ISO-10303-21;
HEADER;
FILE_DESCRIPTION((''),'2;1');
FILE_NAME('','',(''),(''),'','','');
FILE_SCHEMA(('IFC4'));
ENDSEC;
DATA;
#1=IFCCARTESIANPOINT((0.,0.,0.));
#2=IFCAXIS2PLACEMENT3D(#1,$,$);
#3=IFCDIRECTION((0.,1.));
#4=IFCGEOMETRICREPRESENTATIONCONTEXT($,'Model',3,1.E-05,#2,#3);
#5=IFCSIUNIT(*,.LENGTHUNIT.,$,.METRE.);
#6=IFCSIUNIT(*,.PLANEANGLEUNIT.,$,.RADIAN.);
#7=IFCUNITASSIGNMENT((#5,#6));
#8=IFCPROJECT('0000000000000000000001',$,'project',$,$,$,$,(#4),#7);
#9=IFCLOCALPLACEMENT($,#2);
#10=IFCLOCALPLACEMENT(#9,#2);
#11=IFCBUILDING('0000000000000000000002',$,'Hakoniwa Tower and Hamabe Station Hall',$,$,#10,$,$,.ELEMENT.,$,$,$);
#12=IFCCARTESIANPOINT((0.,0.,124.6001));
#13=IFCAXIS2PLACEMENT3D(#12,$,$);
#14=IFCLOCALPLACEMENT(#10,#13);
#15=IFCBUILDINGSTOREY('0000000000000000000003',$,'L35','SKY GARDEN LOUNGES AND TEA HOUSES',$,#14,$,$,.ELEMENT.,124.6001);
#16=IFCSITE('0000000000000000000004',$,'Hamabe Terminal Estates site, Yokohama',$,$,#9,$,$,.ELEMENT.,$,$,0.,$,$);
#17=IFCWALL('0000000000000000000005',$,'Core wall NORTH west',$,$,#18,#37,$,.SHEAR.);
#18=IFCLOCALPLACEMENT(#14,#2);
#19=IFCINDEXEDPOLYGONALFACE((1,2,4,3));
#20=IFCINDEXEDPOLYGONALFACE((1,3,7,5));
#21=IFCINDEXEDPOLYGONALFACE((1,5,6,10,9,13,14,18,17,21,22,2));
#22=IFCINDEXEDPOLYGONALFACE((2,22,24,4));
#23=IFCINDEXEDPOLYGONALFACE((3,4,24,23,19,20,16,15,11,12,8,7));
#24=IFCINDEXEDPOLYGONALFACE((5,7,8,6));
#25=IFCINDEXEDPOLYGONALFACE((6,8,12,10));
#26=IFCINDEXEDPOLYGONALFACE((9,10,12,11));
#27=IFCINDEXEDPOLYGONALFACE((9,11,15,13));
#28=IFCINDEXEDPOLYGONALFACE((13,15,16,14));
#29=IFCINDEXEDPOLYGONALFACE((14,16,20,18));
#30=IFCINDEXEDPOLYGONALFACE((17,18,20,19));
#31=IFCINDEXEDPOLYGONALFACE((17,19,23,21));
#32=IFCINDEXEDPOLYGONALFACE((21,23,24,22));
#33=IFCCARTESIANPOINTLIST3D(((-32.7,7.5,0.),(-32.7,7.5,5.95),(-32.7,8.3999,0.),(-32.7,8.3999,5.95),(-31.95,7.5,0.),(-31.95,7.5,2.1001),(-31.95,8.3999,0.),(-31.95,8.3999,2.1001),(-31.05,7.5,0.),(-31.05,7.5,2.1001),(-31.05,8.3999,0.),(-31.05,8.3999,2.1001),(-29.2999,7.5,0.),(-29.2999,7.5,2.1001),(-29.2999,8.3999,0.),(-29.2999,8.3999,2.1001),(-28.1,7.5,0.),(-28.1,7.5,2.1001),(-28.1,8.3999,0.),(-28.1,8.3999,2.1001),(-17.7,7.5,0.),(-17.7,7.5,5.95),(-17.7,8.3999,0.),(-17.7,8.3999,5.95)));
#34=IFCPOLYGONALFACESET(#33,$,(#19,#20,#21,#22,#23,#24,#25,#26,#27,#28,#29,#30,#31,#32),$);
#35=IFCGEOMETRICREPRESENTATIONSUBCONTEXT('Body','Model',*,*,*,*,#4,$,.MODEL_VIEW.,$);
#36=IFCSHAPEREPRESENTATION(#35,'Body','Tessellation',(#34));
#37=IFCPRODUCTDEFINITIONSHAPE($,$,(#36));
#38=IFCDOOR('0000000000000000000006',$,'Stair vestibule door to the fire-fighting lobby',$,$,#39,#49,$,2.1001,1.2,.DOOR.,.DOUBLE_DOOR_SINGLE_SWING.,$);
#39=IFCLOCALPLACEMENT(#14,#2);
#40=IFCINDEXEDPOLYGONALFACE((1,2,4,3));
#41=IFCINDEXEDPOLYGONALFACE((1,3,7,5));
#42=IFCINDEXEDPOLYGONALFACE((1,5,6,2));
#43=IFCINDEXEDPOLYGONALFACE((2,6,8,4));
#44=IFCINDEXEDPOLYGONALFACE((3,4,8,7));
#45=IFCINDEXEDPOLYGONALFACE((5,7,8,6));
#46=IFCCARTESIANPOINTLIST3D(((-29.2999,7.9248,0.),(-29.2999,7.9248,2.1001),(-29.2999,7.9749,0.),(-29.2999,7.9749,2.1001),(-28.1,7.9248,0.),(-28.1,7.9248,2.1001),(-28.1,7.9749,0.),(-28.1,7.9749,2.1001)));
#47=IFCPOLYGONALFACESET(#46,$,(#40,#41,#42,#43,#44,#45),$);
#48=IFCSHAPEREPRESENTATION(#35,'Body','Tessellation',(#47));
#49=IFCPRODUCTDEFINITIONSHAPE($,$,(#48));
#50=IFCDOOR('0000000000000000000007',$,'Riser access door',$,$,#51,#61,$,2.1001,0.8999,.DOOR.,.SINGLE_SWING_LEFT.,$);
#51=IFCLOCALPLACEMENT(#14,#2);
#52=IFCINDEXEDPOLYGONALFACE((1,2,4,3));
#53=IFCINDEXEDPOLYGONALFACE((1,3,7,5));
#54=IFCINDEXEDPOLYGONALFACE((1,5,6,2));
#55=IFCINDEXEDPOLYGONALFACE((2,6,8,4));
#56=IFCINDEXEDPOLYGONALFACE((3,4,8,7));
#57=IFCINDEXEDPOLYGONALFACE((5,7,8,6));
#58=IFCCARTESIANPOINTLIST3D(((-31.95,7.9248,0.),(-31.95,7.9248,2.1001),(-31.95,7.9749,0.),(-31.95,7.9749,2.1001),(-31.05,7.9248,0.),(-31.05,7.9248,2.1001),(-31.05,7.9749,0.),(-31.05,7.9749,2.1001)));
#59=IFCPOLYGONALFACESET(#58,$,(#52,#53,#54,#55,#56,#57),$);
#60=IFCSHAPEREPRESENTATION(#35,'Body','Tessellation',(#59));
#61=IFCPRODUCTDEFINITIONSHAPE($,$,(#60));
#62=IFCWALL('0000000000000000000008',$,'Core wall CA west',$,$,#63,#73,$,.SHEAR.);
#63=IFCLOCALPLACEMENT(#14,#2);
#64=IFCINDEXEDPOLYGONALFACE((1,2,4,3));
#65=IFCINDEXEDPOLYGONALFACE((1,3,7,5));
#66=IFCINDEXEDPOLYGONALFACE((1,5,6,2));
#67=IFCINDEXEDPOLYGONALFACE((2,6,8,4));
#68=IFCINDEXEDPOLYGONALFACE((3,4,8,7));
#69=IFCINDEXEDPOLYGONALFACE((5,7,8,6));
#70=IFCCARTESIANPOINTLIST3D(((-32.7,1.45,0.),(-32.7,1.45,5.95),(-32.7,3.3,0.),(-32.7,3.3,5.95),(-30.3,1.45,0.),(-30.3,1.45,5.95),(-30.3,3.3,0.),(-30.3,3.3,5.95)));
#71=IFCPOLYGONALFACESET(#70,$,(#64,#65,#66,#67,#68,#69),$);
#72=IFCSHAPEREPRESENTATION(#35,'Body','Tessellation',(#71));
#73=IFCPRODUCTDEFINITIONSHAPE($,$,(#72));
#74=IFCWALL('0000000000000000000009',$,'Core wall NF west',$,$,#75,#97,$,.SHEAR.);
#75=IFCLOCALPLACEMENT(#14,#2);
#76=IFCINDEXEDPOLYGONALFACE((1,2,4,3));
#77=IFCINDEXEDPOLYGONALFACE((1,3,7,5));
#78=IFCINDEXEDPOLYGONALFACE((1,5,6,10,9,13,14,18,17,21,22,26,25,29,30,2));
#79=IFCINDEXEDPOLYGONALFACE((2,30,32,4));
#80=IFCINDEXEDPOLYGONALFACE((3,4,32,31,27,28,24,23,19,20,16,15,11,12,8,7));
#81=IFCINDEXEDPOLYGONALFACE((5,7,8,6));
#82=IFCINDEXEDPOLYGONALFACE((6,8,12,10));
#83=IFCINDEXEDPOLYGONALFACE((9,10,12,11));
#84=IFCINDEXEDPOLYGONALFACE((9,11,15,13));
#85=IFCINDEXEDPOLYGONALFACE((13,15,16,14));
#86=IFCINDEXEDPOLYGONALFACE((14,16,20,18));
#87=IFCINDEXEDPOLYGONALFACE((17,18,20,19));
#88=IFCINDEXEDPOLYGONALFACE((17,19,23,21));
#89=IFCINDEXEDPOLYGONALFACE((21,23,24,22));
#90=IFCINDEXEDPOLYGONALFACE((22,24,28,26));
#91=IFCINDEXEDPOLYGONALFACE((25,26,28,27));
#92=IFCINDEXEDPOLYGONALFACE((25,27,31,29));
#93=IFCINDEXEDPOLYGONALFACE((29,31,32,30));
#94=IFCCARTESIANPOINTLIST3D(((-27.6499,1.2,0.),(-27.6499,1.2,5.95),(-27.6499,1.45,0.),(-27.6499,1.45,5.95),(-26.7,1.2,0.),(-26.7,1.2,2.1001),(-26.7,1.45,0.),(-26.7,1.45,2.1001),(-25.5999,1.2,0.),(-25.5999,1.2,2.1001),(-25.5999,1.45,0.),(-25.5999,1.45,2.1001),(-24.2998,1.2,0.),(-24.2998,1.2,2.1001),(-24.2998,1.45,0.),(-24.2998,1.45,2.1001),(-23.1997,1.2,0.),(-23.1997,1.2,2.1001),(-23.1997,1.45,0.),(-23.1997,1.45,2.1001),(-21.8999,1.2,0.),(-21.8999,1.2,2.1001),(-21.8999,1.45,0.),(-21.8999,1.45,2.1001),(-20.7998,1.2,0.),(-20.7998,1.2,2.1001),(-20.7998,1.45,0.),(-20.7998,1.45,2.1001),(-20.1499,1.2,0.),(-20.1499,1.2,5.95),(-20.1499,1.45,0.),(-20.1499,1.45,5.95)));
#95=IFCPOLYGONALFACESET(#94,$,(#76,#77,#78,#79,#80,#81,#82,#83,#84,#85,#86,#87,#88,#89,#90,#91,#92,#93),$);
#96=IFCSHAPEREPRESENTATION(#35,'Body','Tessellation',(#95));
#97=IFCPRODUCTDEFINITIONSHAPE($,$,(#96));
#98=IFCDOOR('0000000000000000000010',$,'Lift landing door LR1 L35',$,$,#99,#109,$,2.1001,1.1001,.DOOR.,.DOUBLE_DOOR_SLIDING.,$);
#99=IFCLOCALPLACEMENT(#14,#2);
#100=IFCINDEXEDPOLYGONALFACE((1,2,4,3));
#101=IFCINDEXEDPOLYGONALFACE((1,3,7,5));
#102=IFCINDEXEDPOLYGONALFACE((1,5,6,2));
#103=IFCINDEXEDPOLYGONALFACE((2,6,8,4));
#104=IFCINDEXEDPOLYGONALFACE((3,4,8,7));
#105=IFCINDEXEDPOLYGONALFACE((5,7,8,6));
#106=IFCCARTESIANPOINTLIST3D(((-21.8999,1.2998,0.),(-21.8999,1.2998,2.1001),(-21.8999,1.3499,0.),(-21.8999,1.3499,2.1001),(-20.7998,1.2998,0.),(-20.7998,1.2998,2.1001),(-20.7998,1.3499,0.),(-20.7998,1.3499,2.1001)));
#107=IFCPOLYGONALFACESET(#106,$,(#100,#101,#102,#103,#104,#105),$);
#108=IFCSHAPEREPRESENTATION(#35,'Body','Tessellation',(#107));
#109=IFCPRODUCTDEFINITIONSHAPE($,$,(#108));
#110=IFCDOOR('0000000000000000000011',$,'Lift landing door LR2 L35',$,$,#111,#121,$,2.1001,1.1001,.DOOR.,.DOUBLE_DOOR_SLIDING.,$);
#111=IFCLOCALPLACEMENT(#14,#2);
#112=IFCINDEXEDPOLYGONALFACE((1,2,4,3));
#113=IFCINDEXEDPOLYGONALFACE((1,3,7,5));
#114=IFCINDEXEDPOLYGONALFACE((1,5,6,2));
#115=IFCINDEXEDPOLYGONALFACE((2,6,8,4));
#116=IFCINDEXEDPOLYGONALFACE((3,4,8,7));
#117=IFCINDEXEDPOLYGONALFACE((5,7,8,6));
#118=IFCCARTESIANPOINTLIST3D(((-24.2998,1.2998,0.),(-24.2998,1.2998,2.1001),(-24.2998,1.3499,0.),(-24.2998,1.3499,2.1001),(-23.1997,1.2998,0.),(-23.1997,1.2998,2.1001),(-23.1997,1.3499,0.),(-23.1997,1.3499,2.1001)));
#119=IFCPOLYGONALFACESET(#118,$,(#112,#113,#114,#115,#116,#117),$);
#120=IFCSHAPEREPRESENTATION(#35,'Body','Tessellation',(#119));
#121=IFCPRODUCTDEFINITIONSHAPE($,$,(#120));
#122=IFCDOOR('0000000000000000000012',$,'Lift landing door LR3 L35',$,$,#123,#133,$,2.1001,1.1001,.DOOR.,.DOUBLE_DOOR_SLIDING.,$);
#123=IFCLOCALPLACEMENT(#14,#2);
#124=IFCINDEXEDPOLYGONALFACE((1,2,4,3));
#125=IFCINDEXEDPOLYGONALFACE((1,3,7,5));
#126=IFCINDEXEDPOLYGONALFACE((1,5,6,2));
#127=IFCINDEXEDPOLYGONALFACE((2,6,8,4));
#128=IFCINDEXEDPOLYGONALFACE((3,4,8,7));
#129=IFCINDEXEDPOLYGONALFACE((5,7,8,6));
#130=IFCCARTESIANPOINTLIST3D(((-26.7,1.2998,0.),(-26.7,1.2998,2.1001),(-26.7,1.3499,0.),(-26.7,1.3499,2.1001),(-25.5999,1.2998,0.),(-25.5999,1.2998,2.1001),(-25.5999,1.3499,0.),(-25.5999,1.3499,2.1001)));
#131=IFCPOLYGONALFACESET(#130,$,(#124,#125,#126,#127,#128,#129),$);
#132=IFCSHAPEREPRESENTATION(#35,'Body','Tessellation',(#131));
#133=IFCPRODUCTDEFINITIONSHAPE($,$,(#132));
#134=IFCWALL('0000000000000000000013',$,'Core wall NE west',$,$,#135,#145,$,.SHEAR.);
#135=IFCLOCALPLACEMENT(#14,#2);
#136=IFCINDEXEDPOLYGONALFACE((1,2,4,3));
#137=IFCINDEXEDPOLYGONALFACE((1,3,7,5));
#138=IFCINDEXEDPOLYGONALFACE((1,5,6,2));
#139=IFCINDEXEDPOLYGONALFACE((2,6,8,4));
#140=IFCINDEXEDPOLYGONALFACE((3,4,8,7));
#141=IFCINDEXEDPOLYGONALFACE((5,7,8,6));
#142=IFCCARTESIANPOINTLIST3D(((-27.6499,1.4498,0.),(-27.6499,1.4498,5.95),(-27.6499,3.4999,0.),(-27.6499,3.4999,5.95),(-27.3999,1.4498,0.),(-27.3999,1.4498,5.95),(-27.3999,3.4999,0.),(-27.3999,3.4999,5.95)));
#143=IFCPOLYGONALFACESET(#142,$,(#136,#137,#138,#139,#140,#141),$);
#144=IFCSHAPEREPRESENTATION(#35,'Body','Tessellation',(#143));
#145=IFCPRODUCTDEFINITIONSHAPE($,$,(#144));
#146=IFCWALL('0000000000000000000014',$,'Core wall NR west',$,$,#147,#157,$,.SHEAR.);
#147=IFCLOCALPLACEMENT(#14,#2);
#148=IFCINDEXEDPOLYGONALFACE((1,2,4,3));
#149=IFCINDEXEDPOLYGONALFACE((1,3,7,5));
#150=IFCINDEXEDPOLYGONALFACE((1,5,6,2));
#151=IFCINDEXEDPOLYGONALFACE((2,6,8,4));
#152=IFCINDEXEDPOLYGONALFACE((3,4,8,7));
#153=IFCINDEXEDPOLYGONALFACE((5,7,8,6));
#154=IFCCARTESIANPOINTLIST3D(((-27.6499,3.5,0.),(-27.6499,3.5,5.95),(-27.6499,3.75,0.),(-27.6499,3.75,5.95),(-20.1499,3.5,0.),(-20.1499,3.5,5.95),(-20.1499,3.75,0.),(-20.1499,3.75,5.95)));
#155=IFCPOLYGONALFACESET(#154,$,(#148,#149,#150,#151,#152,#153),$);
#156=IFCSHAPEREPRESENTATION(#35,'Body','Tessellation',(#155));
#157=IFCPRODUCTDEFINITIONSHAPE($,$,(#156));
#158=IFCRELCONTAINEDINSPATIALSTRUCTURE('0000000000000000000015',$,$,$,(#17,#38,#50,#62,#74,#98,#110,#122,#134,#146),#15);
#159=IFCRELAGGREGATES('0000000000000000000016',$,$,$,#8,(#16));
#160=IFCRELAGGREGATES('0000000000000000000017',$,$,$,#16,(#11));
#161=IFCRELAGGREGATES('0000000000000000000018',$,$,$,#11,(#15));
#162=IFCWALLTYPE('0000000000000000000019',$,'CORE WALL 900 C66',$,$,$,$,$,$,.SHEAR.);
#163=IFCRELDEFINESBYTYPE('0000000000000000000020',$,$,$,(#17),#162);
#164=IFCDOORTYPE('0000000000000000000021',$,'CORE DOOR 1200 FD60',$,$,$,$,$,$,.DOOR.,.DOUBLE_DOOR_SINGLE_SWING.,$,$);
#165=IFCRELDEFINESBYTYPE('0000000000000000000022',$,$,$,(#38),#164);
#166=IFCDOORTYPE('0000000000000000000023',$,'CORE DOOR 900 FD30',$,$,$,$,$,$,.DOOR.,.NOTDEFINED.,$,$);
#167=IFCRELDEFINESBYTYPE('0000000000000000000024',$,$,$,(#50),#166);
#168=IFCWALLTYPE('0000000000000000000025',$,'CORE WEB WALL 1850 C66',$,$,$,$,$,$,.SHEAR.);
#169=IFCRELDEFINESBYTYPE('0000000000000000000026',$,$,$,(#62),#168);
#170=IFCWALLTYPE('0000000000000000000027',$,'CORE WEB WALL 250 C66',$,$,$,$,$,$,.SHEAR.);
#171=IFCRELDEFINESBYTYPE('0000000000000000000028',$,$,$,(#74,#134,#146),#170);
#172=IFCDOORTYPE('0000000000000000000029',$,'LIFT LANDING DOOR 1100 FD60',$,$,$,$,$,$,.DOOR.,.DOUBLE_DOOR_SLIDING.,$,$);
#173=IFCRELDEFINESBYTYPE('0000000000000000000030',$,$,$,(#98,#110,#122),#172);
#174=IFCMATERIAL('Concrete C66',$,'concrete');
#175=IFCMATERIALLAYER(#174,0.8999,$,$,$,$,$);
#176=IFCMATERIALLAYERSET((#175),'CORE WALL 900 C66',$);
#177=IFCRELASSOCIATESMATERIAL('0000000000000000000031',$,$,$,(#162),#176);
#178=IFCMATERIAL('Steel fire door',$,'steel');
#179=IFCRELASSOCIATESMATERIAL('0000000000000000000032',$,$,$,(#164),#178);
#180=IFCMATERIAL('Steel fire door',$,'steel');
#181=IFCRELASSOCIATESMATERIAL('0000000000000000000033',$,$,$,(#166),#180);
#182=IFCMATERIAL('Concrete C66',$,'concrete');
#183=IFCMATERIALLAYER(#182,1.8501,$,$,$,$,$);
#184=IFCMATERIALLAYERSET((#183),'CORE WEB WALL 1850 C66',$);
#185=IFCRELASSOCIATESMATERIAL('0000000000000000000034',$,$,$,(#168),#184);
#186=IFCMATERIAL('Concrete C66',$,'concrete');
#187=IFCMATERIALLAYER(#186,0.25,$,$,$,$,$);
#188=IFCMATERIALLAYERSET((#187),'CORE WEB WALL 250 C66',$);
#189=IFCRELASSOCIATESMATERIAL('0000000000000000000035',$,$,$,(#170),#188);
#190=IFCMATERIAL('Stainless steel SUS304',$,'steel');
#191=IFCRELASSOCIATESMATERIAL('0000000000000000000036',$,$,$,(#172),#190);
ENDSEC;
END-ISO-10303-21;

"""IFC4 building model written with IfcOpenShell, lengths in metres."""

from ifc_helpers import new_model, si_unit, direction, frame, frame_2d, origin, place, context, subcontext, project, spatial, rectangle, extrude, material, layer, layer_set, type_object, element, fill, save


model = new_model("IFC4")

# Units and contexts
model_context = context("Model", 3, precision=1e-05, world=origin(), true_north=direction((0.0, 1.0)))
body_context = subcontext(model_context, "Body", "Model", "MODEL_VIEW")
ifc_project = project(units=[si_unit("LENGTHUNIT", "METRE"), si_unit("PLANEANGLEUNIT", "RADIAN")], contexts=[model_context])

# Site, building, storey
site_placement = place(None, origin())
site = spatial("IfcSite", under=ifc_project, at=site_placement, Name="Hamabe Terminal Estates site, Yokohama", CompositionType="ELEMENT", RefElevation=0.0)
building_placement = place(site_placement, origin())
building = spatial("IfcBuilding", under=site, at=building_placement, Name="Hakoniwa Tower and Hamabe Station Hall", CompositionType="ELEMENT")
storey_placement = place(building_placement, frame((0.0, 0.0, 124.6001)))
storey = spatial("IfcBuildingStorey", under=building, at=storey_placement, Name="L35", Description="SKY GARDEN LOUNGES AND TEA HOUSES", CompositionType="ELEMENT", Elevation=124.6001)

# Wall, openings, doors
ifc_material_1 = material(Name="Concrete C66", Category="concrete")
ifc_layer_1 = layer(ifc_material_1, 0.8999)
ifc_layer_set_1 = layer_set([ifc_layer_1], Name="CORE WALL 900 C66")
wall_type_1 = type_object("IfcWallType", Name="CORE WALL 900 C66", PredefinedType="SHEAR", material=ifc_layer_set_1)
wall_1_placement = place(storey_placement, frame((-32.7, 7.95, 0.0), z_axis=(0.0, 0.0, 1.0), x_axis=(1.0, 0.0, 0.0)))
wall_1 = element("IfcWall", 1, at=wall_1_placement, inside=storey, type_object=wall_type_1, Name="Core wall NORTH west", PredefinedType="SHEAR", context=body_context, shape_type="SweptSolid", body=[
    extrude(rectangle(XDim=15.0, YDim=0.8999, at=frame_2d((7.5, 0.0))), origin(), (0.0, 0.0, 1.0), 5.95),
])
opening_1_placement = place(wall_1_placement, frame((3.3999, 0.0, 0.0)))
opening_1 = element("IfcOpeningElement", 2, at=opening_1_placement, cuts=wall_1, PredefinedType="OPENING", context=body_context, shape_type="SweptSolid", body=[
    extrude(rectangle(XDim=1.2, YDim=2.1001, at=frame_2d((0.6001, 1.05))), frame((0.0, 0.46, 0.0), z_axis=(0.0, -1.0, 0.0), x_axis=(1.0, 0.0, 0.0)), (0.0, 0.0, 1.0), 0.9199),
])
opening_2_placement = place(wall_1_placement, frame((0.75, 0.0, 0.0)))
opening_2 = element("IfcOpeningElement", 3, at=opening_2_placement, cuts=wall_1, PredefinedType="OPENING", context=body_context, shape_type="SweptSolid", body=[
    extrude(rectangle(XDim=0.8999, YDim=2.1001, at=frame_2d((0.45, 1.05))), frame((0.0, 0.46, 0.0), z_axis=(0.0, -1.0, 0.0), x_axis=(1.0, 0.0, 0.0)), (0.0, 0.0, 1.0), 0.9199),
])
ifc_material_2 = material(Name="Steel fire door", Category="steel")
door_type_1 = type_object("IfcDoorType", Name="CORE DOOR 1200 FD60", OperationType="DOUBLE_DOOR_SINGLE_SWING", PredefinedType="DOOR", material=ifc_material_2)
door_1_placement = place(opening_1_placement, origin())
door_1 = element("IfcDoor", 4, at=door_1_placement, inside=storey, type_object=door_type_1, Name="Stair vestibule door to the fire-fighting lobby", OperationType="DOUBLE_DOOR_SINGLE_SWING", OverallHeight=2.1001, OverallWidth=1.2, PredefinedType="DOOR", context=body_context, shape_type="SweptSolid", body=[
    extrude(rectangle(XDim=1.2, YDim=2.1001, at=frame_2d((0.6001, 1.05))), frame((0.0, 0.0249, 0.0), z_axis=(0.0, -1.0, 0.0), x_axis=(1.0, 0.0, 0.0)), (0.0, 0.0, 1.0), 0.05),
])
fill(opening_1, door_1)
ifc_material_3 = material(Name="Steel fire door", Category="steel")
door_type_2 = type_object("IfcDoorType", Name="CORE DOOR 900 FD30", OperationType="NOTDEFINED", PredefinedType="DOOR", material=ifc_material_3)
door_2_placement = place(opening_2_placement, origin())
door_2 = element("IfcDoor", 5, at=door_2_placement, inside=storey, type_object=door_type_2, Name="Riser access door", OperationType="SINGLE_SWING_LEFT", OverallHeight=2.1001, OverallWidth=0.8999, PredefinedType="DOOR", context=body_context, shape_type="SweptSolid", body=[
    extrude(rectangle(XDim=0.8999, YDim=2.1001, at=frame_2d((0.45, 1.05))), frame((0.0, 0.0249, 0.0), z_axis=(0.0, -1.0, 0.0), x_axis=(1.0, 0.0, 0.0)), (0.0, 0.0, 1.0), 0.05),
])
fill(opening_2, door_2)

# Wall
ifc_material_4 = material(Name="Concrete C66", Category="concrete")
ifc_layer_2 = layer(ifc_material_4, 1.8501)
ifc_layer_set_2 = layer_set([ifc_layer_2], Name="CORE WEB WALL 1850 C66")
wall_type_2 = type_object("IfcWallType", Name="CORE WEB WALL 1850 C66", PredefinedType="SHEAR", material=ifc_layer_set_2)
wall_2_placement = place(storey_placement, frame((-32.7, 2.375, 0.0), z_axis=(0.0, 0.0, 1.0), x_axis=(1.0, 0.0, 0.0)))
element("IfcWall", 6, at=wall_2_placement, inside=storey, type_object=wall_type_2, Name="Core wall CA west", PredefinedType="SHEAR", context=body_context, shape_type="SweptSolid", body=[
    extrude(rectangle(XDim=2.3999, YDim=1.8501, at=frame_2d((1.2, 0.0))), origin(), (0.0, 0.0, 1.0), 5.95),
])

# Wall, openings, doors
ifc_material_5 = material(Name="Concrete C66", Category="concrete")
ifc_layer_3 = layer(ifc_material_5, 0.25)
ifc_layer_set_3 = layer_set([ifc_layer_3], Name="CORE WEB WALL 250 C66")
wall_type_3 = type_object("IfcWallType", Name="CORE WEB WALL 250 C66", PredefinedType="SHEAR", material=ifc_layer_set_3)
wall_3_placement = place(storey_placement, frame((-27.6499, 1.325, 0.0), z_axis=(0.0, 0.0, 1.0), x_axis=(1.0, 0.0, 0.0)))
wall_3 = element("IfcWall", 7, at=wall_3_placement, inside=storey, type_object=wall_type_3, Name="Core wall NF west", PredefinedType="SHEAR", context=body_context, shape_type="SweptSolid", body=[
    extrude(rectangle(XDim=7.5, YDim=0.25, at=frame_2d((3.75, 0.0))), origin(), (0.0, 0.0, 1.0), 5.95),
])
opening_3_placement = place(wall_3_placement, frame((5.75, 0.0, 0.0)))
opening_3 = element("IfcOpeningElement", 8, at=opening_3_placement, cuts=wall_3, PredefinedType="OPENING", context=body_context, shape_type="SweptSolid", body=[
    extrude(rectangle(XDim=1.1001, YDim=2.1001, at=frame_2d((0.55, 1.05))), frame((0.0, 0.135, 0.0), z_axis=(0.0, -1.0, 0.0), x_axis=(1.0, 0.0, 0.0)), (0.0, 0.0, 1.0), 0.27),
])
opening_4_placement = place(wall_3_placement, frame((3.3501, 0.0, 0.0)))
opening_4 = element("IfcOpeningElement", 9, at=opening_4_placement, cuts=wall_3, PredefinedType="OPENING", context=body_context, shape_type="SweptSolid", body=[
    extrude(rectangle(XDim=1.1001, YDim=2.1001, at=frame_2d((0.55, 1.05))), frame((0.0, 0.135, 0.0), z_axis=(0.0, -1.0, 0.0), x_axis=(1.0, 0.0, 0.0)), (0.0, 0.0, 1.0), 0.27),
])
opening_5_placement = place(wall_3_placement, frame((0.95, 0.0, 0.0)))
opening_5 = element("IfcOpeningElement", 10, at=opening_5_placement, cuts=wall_3, PredefinedType="OPENING", context=body_context, shape_type="SweptSolid", body=[
    extrude(rectangle(XDim=1.1001, YDim=2.1001, at=frame_2d((0.55, 1.05))), frame((0.0, 0.135, 0.0), z_axis=(0.0, -1.0, 0.0), x_axis=(1.0, 0.0, 0.0)), (0.0, 0.0, 1.0), 0.27),
])
ifc_material_6 = material(Name="Stainless steel SUS304", Category="steel")
door_type_3 = type_object("IfcDoorType", Name="LIFT LANDING DOOR 1100 FD60", OperationType="DOUBLE_DOOR_SLIDING", PredefinedType="DOOR", material=ifc_material_6)
door_3_placement = place(opening_3_placement, origin())
door_3 = element("IfcDoor", 11, at=door_3_placement, inside=storey, type_object=door_type_3, Name="Lift landing door LR1 L35", OperationType="DOUBLE_DOOR_SLIDING", OverallHeight=2.1001, OverallWidth=1.1001, PredefinedType="DOOR", context=body_context, shape_type="SweptSolid", body=[
    extrude(rectangle(XDim=1.1001, YDim=2.1001, at=frame_2d((0.55, 1.05))), frame((0.0, 0.0249, 0.0), z_axis=(0.0, -1.0, 0.0), x_axis=(1.0, 0.0, 0.0)), (0.0, 0.0, 1.0), 0.05),
])
fill(opening_3, door_3)
door_4_placement = place(opening_4_placement, origin())
door_4 = element("IfcDoor", 12, at=door_4_placement, inside=storey, type_object=door_type_3, Name="Lift landing door LR2 L35", OperationType="DOUBLE_DOOR_SLIDING", OverallHeight=2.1001, OverallWidth=1.1001, PredefinedType="DOOR", context=body_context, shape_type="SweptSolid", body=[
    extrude(rectangle(XDim=1.1001, YDim=2.1001, at=frame_2d((0.55, 1.05))), frame((0.0, 0.0249, 0.0), z_axis=(0.0, -1.0, 0.0), x_axis=(1.0, 0.0, 0.0)), (0.0, 0.0, 1.0), 0.05),
])
fill(opening_4, door_4)
door_5_placement = place(opening_5_placement, origin())
door_5 = element("IfcDoor", 13, at=door_5_placement, inside=storey, type_object=door_type_3, Name="Lift landing door LR3 L35", OperationType="DOUBLE_DOOR_SLIDING", OverallHeight=2.1001, OverallWidth=1.1001, PredefinedType="DOOR", context=body_context, shape_type="SweptSolid", body=[
    extrude(rectangle(XDim=1.1001, YDim=2.1001, at=frame_2d((0.55, 1.05))), frame((0.0, 0.0249, 0.0), z_axis=(0.0, -1.0, 0.0), x_axis=(1.0, 0.0, 0.0)), (0.0, 0.0, 1.0), 0.05),
])
fill(opening_5, door_5)

# Walls
wall_4_placement = place(storey_placement, frame((-27.5249, 1.45, 0.0), z_axis=(0.0, 0.0, 1.0), x_axis=(0.0, 1.0, 0.0)))
element("IfcWall", 14, at=wall_4_placement, inside=storey, type_object=wall_type_3, Name="Core wall NE west", PredefinedType="SHEAR", context=body_context, shape_type="SweptSolid", body=[
    extrude(rectangle(XDim=2.05, YDim=0.25, at=frame_2d((1.0249, 0.0))), origin(), (0.0, 0.0, 1.0), 5.95),
])
wall_5_placement = place(storey_placement, frame((-27.6499, 3.625, 0.0), z_axis=(0.0, 0.0, 1.0), x_axis=(1.0, 0.0, 0.0)))
element("IfcWall", 15, at=wall_5_placement, inside=storey, type_object=wall_type_3, Name="Core wall NR west", PredefinedType="SHEAR", context=body_context, shape_type="SweptSolid", body=[
    extrude(rectangle(XDim=7.5, YDim=0.25, at=frame_2d((3.75, 0.0))), origin(), (0.0, 0.0, 1.0), 5.95),
])

save(model, "model.ifc")
